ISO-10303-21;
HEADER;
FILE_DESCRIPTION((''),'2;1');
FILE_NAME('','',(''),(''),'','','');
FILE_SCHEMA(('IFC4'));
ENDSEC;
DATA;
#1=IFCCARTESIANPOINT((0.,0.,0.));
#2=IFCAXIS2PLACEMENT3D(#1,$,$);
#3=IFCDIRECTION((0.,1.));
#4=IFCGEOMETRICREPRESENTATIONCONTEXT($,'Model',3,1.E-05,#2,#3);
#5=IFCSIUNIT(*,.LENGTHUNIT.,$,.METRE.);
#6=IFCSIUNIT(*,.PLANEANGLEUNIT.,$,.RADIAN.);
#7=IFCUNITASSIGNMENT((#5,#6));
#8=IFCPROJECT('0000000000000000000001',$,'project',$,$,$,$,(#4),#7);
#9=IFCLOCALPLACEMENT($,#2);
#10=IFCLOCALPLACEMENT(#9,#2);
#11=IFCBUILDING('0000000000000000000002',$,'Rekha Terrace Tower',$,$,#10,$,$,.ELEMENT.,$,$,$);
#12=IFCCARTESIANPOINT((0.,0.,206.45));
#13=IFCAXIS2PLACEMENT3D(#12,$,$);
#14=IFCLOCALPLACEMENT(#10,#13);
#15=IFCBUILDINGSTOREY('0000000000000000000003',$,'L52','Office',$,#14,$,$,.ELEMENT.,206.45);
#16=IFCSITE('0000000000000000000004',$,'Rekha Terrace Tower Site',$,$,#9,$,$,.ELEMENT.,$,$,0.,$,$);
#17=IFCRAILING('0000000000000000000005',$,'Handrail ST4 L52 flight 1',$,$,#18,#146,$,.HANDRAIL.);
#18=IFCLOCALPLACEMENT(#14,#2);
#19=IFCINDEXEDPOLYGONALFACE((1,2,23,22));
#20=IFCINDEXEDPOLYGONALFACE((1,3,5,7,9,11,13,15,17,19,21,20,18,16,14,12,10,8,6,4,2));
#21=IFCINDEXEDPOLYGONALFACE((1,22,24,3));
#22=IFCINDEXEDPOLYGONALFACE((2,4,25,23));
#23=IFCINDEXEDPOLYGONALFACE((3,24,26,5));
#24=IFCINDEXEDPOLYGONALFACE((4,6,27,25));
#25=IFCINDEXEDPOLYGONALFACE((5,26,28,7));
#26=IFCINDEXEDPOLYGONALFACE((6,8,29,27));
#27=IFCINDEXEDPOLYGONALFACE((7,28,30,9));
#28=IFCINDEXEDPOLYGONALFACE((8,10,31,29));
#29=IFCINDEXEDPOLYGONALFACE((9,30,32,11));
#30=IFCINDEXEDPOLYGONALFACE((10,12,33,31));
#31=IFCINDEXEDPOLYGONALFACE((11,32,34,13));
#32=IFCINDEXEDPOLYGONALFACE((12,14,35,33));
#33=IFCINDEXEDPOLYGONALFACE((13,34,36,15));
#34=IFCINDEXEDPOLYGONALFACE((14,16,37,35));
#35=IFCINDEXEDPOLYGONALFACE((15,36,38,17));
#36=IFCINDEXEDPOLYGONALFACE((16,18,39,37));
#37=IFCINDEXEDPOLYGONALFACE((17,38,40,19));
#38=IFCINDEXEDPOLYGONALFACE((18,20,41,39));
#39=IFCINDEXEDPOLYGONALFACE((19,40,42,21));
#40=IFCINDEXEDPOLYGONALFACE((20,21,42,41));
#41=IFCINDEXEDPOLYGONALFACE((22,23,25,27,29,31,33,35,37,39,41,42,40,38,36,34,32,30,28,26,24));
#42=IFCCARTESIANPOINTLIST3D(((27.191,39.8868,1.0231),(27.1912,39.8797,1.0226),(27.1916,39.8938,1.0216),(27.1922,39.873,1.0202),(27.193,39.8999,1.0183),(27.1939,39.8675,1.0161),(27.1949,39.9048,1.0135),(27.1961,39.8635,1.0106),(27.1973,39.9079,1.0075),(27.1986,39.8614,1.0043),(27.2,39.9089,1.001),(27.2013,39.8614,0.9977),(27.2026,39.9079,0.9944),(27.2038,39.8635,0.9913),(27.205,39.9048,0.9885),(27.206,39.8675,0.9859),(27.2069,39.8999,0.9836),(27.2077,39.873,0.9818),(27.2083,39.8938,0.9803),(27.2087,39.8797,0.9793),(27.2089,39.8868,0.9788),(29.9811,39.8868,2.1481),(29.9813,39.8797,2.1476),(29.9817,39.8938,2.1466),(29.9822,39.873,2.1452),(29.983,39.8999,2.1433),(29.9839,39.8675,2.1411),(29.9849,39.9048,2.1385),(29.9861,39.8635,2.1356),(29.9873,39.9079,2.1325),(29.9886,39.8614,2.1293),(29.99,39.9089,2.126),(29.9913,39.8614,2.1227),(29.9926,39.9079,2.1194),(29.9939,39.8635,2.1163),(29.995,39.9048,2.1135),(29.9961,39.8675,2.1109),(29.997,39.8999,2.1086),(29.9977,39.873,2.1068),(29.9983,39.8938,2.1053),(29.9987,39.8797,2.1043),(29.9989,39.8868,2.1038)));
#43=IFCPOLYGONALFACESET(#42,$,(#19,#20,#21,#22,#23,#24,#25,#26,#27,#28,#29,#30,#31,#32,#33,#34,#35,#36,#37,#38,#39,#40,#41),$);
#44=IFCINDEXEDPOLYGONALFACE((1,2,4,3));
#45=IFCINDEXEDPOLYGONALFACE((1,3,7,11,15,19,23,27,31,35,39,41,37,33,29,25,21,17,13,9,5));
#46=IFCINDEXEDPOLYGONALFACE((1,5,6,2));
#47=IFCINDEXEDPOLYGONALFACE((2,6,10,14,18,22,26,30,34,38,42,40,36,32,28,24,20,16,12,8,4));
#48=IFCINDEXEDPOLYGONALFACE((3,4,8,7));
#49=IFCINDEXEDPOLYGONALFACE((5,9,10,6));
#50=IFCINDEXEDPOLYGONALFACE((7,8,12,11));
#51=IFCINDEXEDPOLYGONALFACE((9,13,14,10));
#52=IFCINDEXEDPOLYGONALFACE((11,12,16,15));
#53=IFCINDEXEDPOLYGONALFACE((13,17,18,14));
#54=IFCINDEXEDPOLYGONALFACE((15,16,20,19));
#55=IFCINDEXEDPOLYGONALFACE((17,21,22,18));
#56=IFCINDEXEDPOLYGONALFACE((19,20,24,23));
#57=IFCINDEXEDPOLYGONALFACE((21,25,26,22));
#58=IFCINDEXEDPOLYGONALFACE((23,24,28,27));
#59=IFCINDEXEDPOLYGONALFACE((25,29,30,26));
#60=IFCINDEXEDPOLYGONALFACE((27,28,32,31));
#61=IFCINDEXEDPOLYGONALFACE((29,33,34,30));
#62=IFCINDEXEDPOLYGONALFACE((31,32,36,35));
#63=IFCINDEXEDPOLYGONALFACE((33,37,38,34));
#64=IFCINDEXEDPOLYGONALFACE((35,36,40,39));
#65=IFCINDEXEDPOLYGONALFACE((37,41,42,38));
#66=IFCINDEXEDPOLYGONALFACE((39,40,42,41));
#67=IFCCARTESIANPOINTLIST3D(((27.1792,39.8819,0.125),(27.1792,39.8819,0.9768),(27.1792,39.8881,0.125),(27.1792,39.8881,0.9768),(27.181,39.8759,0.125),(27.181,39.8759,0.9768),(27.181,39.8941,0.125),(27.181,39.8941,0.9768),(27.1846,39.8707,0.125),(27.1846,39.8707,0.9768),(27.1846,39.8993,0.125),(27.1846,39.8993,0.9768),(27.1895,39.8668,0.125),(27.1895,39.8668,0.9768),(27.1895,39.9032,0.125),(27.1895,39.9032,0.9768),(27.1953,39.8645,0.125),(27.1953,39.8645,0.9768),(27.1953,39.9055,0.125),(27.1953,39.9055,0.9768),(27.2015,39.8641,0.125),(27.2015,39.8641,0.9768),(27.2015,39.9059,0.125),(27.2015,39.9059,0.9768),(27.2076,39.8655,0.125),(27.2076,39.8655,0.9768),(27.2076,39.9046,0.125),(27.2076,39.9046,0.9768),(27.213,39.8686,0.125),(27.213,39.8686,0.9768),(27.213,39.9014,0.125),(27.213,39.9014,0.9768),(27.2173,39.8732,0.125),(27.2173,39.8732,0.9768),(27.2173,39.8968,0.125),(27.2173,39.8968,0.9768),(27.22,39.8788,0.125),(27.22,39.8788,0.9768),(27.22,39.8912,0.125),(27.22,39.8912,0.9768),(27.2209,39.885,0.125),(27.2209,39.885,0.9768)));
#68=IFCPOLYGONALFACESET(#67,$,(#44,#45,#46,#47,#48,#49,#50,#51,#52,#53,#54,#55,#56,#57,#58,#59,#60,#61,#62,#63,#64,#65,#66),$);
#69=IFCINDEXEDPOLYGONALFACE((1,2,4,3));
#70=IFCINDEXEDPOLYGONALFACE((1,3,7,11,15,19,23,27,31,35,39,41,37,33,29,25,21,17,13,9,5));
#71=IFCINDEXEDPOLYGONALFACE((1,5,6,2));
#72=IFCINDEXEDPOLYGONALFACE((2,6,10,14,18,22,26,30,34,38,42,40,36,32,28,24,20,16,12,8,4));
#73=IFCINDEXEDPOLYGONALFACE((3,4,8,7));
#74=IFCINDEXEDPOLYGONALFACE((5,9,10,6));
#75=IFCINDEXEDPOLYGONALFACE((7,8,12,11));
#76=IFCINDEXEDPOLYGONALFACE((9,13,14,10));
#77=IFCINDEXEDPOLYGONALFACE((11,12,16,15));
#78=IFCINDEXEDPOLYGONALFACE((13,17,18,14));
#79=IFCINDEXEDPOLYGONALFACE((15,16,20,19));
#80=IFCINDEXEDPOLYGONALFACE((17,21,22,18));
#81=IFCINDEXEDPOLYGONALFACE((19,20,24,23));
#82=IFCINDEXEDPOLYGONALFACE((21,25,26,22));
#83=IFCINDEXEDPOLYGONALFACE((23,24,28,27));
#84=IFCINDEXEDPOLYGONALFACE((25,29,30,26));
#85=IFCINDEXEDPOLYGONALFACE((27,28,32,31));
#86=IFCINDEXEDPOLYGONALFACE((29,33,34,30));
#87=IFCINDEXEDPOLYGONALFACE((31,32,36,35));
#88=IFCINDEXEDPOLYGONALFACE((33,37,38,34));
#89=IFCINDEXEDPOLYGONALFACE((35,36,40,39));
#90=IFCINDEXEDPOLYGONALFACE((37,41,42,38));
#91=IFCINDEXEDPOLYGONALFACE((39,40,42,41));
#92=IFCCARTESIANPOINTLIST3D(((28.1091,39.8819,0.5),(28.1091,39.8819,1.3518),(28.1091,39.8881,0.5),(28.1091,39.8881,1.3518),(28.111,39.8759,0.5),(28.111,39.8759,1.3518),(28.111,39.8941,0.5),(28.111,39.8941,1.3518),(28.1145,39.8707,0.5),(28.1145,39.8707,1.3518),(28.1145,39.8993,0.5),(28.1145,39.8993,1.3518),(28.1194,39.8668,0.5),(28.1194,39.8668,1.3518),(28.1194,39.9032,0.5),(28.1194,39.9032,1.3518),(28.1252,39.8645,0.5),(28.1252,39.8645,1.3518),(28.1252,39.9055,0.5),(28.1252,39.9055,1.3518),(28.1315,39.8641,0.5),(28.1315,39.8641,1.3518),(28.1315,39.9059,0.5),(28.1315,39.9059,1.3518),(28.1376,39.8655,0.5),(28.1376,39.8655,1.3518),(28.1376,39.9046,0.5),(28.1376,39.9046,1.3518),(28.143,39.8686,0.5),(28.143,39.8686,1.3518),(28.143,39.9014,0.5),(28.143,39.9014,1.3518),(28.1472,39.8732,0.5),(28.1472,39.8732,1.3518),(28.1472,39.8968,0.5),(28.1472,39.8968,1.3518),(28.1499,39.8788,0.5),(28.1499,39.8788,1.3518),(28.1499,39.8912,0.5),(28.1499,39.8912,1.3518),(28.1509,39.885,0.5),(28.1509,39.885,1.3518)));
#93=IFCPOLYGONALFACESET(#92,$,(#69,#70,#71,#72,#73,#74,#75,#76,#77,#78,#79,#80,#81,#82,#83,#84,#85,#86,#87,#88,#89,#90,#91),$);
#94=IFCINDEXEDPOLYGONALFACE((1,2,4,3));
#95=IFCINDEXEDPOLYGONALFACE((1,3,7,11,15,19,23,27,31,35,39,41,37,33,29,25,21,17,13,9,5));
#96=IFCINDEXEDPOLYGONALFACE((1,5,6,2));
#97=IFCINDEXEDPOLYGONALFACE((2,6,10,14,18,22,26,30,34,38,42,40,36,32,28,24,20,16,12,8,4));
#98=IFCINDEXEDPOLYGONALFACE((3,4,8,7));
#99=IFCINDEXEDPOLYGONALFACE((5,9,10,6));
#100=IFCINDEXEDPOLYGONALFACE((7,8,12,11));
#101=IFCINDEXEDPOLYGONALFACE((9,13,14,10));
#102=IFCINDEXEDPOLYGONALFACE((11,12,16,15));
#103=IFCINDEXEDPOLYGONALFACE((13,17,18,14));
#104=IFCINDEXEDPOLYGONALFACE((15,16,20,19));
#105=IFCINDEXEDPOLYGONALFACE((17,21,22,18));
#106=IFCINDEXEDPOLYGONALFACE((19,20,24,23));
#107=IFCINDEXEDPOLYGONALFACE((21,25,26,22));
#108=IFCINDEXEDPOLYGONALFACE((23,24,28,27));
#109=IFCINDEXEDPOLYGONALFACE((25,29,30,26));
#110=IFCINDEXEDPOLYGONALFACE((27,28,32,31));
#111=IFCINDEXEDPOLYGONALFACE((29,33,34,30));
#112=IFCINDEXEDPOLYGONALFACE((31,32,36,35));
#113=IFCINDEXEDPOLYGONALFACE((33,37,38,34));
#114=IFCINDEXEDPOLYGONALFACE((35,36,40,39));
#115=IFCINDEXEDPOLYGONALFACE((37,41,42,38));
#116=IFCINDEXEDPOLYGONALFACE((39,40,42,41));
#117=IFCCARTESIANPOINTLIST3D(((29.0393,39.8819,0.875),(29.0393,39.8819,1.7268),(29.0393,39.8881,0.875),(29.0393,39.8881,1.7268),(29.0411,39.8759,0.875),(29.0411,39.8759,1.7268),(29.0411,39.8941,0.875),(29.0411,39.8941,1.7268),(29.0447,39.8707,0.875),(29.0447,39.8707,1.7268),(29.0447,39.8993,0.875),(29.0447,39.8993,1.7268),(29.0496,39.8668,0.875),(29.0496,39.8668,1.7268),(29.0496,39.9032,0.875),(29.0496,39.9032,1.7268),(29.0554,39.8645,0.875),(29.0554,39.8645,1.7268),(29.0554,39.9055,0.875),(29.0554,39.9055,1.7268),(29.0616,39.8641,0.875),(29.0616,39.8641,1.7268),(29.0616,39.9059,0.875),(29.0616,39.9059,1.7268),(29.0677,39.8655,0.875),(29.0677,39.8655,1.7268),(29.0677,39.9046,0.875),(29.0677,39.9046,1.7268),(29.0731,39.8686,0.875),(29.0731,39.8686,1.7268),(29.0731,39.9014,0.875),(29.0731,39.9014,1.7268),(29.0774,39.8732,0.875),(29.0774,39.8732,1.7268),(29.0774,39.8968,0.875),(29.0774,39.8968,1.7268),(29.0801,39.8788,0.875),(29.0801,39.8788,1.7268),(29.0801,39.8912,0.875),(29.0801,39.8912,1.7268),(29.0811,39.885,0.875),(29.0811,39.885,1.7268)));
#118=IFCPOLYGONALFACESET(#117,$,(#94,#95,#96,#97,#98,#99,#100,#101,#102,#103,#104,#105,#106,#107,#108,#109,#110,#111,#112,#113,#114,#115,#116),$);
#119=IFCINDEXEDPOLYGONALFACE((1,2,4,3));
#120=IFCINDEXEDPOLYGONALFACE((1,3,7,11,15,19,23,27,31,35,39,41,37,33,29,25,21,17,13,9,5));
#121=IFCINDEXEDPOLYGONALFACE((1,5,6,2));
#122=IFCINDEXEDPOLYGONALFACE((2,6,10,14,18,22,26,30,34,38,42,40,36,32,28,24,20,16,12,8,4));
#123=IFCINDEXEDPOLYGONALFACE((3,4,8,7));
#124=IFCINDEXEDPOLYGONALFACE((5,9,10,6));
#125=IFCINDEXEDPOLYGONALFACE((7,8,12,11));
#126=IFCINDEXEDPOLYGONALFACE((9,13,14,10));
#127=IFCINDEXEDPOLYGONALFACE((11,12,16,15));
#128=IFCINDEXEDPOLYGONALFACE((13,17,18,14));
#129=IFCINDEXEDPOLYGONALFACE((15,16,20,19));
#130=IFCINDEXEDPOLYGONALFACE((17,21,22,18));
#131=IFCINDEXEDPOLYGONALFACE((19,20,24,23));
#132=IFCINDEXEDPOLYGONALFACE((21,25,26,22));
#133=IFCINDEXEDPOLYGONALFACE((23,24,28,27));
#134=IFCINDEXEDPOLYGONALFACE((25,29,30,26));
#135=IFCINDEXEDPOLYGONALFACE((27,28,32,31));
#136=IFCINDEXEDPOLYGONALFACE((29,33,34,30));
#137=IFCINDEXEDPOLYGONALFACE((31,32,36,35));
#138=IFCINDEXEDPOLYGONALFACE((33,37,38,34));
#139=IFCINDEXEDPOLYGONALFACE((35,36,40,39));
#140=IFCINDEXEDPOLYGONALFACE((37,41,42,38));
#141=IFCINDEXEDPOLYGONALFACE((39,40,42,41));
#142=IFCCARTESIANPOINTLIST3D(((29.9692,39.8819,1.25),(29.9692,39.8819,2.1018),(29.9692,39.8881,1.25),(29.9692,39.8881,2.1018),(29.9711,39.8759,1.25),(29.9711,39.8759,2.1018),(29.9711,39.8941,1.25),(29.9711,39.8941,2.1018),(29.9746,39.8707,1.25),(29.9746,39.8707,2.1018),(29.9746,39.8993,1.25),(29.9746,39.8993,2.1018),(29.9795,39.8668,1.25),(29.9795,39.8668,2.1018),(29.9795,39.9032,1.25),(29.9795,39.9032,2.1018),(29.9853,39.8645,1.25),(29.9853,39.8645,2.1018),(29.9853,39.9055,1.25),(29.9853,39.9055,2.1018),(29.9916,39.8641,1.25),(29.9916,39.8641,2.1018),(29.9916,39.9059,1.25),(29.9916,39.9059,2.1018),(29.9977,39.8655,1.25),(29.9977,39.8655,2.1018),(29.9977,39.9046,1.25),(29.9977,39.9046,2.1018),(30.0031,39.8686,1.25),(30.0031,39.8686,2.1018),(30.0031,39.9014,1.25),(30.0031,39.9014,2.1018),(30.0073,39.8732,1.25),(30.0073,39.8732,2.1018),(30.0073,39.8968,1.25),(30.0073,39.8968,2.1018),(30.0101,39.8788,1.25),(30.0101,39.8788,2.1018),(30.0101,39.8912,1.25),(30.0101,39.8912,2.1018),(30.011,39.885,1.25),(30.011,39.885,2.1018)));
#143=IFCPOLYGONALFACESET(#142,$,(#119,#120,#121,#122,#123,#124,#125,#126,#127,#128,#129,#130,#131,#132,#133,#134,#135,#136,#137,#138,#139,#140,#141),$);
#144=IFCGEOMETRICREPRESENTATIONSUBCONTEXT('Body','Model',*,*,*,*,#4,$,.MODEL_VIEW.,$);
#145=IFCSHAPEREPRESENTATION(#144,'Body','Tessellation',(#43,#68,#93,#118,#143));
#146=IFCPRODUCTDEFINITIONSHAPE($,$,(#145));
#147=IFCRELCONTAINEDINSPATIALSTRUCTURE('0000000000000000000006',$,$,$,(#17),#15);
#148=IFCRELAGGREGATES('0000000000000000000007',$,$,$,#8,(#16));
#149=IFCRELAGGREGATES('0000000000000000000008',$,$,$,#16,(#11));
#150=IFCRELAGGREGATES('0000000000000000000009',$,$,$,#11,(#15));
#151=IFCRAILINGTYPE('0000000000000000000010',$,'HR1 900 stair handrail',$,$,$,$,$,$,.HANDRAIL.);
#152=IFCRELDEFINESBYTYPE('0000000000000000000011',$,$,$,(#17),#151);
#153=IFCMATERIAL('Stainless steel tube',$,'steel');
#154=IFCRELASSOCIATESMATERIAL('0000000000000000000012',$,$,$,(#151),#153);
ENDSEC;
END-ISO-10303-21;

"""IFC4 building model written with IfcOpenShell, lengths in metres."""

from ifc_helpers import new_model, si_unit, direction, frame, origin, origin_2d, place, context, subcontext, project, spatial, circle, extrude, material, type_object, element, save


model = new_model("IFC4")

# Units and contexts
model_context = context("Model", 3, precision=1e-05, world=origin(), true_north=direction((0.0, 1.0)))
body_context = subcontext(model_context, "Body", "Model", "MODEL_VIEW")
ifc_project = project(units=[si_unit("LENGTHUNIT", "METRE"), si_unit("PLANEANGLEUNIT", "RADIAN")], contexts=[model_context])

# Site, building, storey
site_placement = place(None, origin())
site = spatial("IfcSite", under=ifc_project, at=site_placement, Name="Rekha Terrace Tower Site", CompositionType="ELEMENT", RefElevation=0.0)
building_placement = place(site_placement, origin())
building = spatial("IfcBuilding", under=site, at=building_placement, Name="Rekha Terrace Tower", CompositionType="ELEMENT")
storey_placement = place(building_placement, frame((0.0, 0.0, 206.45)))
storey = spatial("IfcBuildingStorey", under=building, at=storey_placement, Name="L52", Description="Office", CompositionType="ELEMENT", Elevation=206.45)

# Railing
ifc_material_1 = material(Name="Stainless steel tube", Category="steel")
railing_type_1 = type_object("IfcRailingType", Name="HR1 900 stair handrail", PredefinedType="HANDRAIL", material=ifc_material_1)
railing_1_placement = place(storey_placement, frame((27.2, 39.885, 0.125)))
element("IfcRailing", 1, at=railing_1_placement, inside=storey, type_object=railing_type_1, Name="Handrail ST4 L52 flight 1", PredefinedType="HANDRAIL", context=body_context, shape_type="SweptSolid", body=[
    extrude(circle(Radius=0.0239, at=origin_2d()), frame((0.0, 0.0, 0.876), z_axis=(0.927443, 0.0, 0.373964), x_axis=(0.0, 1.0, 0.0)), (0.0, 0.0, 1.0), 3.0083),
    extrude(circle(Radius=0.021, at=origin_2d()), origin(), (0.0, 0.0, 1.0), 0.8518),
    extrude(circle(Radius=0.021, at=origin_2d()), frame((0.9299, 0.0, 0.375)), (0.0, 0.0, 1.0), 0.8518),
    extrude(circle(Radius=0.021, at=origin_2d()), frame((1.8601, 0.0, 0.75)), (0.0, 0.0, 1.0), 0.8518),
    extrude(circle(Radius=0.021, at=origin_2d()), frame((2.79, 0.0, 1.125)), (0.0, 0.0, 1.0), 0.8518),
])

save(model, "model.ifc")
